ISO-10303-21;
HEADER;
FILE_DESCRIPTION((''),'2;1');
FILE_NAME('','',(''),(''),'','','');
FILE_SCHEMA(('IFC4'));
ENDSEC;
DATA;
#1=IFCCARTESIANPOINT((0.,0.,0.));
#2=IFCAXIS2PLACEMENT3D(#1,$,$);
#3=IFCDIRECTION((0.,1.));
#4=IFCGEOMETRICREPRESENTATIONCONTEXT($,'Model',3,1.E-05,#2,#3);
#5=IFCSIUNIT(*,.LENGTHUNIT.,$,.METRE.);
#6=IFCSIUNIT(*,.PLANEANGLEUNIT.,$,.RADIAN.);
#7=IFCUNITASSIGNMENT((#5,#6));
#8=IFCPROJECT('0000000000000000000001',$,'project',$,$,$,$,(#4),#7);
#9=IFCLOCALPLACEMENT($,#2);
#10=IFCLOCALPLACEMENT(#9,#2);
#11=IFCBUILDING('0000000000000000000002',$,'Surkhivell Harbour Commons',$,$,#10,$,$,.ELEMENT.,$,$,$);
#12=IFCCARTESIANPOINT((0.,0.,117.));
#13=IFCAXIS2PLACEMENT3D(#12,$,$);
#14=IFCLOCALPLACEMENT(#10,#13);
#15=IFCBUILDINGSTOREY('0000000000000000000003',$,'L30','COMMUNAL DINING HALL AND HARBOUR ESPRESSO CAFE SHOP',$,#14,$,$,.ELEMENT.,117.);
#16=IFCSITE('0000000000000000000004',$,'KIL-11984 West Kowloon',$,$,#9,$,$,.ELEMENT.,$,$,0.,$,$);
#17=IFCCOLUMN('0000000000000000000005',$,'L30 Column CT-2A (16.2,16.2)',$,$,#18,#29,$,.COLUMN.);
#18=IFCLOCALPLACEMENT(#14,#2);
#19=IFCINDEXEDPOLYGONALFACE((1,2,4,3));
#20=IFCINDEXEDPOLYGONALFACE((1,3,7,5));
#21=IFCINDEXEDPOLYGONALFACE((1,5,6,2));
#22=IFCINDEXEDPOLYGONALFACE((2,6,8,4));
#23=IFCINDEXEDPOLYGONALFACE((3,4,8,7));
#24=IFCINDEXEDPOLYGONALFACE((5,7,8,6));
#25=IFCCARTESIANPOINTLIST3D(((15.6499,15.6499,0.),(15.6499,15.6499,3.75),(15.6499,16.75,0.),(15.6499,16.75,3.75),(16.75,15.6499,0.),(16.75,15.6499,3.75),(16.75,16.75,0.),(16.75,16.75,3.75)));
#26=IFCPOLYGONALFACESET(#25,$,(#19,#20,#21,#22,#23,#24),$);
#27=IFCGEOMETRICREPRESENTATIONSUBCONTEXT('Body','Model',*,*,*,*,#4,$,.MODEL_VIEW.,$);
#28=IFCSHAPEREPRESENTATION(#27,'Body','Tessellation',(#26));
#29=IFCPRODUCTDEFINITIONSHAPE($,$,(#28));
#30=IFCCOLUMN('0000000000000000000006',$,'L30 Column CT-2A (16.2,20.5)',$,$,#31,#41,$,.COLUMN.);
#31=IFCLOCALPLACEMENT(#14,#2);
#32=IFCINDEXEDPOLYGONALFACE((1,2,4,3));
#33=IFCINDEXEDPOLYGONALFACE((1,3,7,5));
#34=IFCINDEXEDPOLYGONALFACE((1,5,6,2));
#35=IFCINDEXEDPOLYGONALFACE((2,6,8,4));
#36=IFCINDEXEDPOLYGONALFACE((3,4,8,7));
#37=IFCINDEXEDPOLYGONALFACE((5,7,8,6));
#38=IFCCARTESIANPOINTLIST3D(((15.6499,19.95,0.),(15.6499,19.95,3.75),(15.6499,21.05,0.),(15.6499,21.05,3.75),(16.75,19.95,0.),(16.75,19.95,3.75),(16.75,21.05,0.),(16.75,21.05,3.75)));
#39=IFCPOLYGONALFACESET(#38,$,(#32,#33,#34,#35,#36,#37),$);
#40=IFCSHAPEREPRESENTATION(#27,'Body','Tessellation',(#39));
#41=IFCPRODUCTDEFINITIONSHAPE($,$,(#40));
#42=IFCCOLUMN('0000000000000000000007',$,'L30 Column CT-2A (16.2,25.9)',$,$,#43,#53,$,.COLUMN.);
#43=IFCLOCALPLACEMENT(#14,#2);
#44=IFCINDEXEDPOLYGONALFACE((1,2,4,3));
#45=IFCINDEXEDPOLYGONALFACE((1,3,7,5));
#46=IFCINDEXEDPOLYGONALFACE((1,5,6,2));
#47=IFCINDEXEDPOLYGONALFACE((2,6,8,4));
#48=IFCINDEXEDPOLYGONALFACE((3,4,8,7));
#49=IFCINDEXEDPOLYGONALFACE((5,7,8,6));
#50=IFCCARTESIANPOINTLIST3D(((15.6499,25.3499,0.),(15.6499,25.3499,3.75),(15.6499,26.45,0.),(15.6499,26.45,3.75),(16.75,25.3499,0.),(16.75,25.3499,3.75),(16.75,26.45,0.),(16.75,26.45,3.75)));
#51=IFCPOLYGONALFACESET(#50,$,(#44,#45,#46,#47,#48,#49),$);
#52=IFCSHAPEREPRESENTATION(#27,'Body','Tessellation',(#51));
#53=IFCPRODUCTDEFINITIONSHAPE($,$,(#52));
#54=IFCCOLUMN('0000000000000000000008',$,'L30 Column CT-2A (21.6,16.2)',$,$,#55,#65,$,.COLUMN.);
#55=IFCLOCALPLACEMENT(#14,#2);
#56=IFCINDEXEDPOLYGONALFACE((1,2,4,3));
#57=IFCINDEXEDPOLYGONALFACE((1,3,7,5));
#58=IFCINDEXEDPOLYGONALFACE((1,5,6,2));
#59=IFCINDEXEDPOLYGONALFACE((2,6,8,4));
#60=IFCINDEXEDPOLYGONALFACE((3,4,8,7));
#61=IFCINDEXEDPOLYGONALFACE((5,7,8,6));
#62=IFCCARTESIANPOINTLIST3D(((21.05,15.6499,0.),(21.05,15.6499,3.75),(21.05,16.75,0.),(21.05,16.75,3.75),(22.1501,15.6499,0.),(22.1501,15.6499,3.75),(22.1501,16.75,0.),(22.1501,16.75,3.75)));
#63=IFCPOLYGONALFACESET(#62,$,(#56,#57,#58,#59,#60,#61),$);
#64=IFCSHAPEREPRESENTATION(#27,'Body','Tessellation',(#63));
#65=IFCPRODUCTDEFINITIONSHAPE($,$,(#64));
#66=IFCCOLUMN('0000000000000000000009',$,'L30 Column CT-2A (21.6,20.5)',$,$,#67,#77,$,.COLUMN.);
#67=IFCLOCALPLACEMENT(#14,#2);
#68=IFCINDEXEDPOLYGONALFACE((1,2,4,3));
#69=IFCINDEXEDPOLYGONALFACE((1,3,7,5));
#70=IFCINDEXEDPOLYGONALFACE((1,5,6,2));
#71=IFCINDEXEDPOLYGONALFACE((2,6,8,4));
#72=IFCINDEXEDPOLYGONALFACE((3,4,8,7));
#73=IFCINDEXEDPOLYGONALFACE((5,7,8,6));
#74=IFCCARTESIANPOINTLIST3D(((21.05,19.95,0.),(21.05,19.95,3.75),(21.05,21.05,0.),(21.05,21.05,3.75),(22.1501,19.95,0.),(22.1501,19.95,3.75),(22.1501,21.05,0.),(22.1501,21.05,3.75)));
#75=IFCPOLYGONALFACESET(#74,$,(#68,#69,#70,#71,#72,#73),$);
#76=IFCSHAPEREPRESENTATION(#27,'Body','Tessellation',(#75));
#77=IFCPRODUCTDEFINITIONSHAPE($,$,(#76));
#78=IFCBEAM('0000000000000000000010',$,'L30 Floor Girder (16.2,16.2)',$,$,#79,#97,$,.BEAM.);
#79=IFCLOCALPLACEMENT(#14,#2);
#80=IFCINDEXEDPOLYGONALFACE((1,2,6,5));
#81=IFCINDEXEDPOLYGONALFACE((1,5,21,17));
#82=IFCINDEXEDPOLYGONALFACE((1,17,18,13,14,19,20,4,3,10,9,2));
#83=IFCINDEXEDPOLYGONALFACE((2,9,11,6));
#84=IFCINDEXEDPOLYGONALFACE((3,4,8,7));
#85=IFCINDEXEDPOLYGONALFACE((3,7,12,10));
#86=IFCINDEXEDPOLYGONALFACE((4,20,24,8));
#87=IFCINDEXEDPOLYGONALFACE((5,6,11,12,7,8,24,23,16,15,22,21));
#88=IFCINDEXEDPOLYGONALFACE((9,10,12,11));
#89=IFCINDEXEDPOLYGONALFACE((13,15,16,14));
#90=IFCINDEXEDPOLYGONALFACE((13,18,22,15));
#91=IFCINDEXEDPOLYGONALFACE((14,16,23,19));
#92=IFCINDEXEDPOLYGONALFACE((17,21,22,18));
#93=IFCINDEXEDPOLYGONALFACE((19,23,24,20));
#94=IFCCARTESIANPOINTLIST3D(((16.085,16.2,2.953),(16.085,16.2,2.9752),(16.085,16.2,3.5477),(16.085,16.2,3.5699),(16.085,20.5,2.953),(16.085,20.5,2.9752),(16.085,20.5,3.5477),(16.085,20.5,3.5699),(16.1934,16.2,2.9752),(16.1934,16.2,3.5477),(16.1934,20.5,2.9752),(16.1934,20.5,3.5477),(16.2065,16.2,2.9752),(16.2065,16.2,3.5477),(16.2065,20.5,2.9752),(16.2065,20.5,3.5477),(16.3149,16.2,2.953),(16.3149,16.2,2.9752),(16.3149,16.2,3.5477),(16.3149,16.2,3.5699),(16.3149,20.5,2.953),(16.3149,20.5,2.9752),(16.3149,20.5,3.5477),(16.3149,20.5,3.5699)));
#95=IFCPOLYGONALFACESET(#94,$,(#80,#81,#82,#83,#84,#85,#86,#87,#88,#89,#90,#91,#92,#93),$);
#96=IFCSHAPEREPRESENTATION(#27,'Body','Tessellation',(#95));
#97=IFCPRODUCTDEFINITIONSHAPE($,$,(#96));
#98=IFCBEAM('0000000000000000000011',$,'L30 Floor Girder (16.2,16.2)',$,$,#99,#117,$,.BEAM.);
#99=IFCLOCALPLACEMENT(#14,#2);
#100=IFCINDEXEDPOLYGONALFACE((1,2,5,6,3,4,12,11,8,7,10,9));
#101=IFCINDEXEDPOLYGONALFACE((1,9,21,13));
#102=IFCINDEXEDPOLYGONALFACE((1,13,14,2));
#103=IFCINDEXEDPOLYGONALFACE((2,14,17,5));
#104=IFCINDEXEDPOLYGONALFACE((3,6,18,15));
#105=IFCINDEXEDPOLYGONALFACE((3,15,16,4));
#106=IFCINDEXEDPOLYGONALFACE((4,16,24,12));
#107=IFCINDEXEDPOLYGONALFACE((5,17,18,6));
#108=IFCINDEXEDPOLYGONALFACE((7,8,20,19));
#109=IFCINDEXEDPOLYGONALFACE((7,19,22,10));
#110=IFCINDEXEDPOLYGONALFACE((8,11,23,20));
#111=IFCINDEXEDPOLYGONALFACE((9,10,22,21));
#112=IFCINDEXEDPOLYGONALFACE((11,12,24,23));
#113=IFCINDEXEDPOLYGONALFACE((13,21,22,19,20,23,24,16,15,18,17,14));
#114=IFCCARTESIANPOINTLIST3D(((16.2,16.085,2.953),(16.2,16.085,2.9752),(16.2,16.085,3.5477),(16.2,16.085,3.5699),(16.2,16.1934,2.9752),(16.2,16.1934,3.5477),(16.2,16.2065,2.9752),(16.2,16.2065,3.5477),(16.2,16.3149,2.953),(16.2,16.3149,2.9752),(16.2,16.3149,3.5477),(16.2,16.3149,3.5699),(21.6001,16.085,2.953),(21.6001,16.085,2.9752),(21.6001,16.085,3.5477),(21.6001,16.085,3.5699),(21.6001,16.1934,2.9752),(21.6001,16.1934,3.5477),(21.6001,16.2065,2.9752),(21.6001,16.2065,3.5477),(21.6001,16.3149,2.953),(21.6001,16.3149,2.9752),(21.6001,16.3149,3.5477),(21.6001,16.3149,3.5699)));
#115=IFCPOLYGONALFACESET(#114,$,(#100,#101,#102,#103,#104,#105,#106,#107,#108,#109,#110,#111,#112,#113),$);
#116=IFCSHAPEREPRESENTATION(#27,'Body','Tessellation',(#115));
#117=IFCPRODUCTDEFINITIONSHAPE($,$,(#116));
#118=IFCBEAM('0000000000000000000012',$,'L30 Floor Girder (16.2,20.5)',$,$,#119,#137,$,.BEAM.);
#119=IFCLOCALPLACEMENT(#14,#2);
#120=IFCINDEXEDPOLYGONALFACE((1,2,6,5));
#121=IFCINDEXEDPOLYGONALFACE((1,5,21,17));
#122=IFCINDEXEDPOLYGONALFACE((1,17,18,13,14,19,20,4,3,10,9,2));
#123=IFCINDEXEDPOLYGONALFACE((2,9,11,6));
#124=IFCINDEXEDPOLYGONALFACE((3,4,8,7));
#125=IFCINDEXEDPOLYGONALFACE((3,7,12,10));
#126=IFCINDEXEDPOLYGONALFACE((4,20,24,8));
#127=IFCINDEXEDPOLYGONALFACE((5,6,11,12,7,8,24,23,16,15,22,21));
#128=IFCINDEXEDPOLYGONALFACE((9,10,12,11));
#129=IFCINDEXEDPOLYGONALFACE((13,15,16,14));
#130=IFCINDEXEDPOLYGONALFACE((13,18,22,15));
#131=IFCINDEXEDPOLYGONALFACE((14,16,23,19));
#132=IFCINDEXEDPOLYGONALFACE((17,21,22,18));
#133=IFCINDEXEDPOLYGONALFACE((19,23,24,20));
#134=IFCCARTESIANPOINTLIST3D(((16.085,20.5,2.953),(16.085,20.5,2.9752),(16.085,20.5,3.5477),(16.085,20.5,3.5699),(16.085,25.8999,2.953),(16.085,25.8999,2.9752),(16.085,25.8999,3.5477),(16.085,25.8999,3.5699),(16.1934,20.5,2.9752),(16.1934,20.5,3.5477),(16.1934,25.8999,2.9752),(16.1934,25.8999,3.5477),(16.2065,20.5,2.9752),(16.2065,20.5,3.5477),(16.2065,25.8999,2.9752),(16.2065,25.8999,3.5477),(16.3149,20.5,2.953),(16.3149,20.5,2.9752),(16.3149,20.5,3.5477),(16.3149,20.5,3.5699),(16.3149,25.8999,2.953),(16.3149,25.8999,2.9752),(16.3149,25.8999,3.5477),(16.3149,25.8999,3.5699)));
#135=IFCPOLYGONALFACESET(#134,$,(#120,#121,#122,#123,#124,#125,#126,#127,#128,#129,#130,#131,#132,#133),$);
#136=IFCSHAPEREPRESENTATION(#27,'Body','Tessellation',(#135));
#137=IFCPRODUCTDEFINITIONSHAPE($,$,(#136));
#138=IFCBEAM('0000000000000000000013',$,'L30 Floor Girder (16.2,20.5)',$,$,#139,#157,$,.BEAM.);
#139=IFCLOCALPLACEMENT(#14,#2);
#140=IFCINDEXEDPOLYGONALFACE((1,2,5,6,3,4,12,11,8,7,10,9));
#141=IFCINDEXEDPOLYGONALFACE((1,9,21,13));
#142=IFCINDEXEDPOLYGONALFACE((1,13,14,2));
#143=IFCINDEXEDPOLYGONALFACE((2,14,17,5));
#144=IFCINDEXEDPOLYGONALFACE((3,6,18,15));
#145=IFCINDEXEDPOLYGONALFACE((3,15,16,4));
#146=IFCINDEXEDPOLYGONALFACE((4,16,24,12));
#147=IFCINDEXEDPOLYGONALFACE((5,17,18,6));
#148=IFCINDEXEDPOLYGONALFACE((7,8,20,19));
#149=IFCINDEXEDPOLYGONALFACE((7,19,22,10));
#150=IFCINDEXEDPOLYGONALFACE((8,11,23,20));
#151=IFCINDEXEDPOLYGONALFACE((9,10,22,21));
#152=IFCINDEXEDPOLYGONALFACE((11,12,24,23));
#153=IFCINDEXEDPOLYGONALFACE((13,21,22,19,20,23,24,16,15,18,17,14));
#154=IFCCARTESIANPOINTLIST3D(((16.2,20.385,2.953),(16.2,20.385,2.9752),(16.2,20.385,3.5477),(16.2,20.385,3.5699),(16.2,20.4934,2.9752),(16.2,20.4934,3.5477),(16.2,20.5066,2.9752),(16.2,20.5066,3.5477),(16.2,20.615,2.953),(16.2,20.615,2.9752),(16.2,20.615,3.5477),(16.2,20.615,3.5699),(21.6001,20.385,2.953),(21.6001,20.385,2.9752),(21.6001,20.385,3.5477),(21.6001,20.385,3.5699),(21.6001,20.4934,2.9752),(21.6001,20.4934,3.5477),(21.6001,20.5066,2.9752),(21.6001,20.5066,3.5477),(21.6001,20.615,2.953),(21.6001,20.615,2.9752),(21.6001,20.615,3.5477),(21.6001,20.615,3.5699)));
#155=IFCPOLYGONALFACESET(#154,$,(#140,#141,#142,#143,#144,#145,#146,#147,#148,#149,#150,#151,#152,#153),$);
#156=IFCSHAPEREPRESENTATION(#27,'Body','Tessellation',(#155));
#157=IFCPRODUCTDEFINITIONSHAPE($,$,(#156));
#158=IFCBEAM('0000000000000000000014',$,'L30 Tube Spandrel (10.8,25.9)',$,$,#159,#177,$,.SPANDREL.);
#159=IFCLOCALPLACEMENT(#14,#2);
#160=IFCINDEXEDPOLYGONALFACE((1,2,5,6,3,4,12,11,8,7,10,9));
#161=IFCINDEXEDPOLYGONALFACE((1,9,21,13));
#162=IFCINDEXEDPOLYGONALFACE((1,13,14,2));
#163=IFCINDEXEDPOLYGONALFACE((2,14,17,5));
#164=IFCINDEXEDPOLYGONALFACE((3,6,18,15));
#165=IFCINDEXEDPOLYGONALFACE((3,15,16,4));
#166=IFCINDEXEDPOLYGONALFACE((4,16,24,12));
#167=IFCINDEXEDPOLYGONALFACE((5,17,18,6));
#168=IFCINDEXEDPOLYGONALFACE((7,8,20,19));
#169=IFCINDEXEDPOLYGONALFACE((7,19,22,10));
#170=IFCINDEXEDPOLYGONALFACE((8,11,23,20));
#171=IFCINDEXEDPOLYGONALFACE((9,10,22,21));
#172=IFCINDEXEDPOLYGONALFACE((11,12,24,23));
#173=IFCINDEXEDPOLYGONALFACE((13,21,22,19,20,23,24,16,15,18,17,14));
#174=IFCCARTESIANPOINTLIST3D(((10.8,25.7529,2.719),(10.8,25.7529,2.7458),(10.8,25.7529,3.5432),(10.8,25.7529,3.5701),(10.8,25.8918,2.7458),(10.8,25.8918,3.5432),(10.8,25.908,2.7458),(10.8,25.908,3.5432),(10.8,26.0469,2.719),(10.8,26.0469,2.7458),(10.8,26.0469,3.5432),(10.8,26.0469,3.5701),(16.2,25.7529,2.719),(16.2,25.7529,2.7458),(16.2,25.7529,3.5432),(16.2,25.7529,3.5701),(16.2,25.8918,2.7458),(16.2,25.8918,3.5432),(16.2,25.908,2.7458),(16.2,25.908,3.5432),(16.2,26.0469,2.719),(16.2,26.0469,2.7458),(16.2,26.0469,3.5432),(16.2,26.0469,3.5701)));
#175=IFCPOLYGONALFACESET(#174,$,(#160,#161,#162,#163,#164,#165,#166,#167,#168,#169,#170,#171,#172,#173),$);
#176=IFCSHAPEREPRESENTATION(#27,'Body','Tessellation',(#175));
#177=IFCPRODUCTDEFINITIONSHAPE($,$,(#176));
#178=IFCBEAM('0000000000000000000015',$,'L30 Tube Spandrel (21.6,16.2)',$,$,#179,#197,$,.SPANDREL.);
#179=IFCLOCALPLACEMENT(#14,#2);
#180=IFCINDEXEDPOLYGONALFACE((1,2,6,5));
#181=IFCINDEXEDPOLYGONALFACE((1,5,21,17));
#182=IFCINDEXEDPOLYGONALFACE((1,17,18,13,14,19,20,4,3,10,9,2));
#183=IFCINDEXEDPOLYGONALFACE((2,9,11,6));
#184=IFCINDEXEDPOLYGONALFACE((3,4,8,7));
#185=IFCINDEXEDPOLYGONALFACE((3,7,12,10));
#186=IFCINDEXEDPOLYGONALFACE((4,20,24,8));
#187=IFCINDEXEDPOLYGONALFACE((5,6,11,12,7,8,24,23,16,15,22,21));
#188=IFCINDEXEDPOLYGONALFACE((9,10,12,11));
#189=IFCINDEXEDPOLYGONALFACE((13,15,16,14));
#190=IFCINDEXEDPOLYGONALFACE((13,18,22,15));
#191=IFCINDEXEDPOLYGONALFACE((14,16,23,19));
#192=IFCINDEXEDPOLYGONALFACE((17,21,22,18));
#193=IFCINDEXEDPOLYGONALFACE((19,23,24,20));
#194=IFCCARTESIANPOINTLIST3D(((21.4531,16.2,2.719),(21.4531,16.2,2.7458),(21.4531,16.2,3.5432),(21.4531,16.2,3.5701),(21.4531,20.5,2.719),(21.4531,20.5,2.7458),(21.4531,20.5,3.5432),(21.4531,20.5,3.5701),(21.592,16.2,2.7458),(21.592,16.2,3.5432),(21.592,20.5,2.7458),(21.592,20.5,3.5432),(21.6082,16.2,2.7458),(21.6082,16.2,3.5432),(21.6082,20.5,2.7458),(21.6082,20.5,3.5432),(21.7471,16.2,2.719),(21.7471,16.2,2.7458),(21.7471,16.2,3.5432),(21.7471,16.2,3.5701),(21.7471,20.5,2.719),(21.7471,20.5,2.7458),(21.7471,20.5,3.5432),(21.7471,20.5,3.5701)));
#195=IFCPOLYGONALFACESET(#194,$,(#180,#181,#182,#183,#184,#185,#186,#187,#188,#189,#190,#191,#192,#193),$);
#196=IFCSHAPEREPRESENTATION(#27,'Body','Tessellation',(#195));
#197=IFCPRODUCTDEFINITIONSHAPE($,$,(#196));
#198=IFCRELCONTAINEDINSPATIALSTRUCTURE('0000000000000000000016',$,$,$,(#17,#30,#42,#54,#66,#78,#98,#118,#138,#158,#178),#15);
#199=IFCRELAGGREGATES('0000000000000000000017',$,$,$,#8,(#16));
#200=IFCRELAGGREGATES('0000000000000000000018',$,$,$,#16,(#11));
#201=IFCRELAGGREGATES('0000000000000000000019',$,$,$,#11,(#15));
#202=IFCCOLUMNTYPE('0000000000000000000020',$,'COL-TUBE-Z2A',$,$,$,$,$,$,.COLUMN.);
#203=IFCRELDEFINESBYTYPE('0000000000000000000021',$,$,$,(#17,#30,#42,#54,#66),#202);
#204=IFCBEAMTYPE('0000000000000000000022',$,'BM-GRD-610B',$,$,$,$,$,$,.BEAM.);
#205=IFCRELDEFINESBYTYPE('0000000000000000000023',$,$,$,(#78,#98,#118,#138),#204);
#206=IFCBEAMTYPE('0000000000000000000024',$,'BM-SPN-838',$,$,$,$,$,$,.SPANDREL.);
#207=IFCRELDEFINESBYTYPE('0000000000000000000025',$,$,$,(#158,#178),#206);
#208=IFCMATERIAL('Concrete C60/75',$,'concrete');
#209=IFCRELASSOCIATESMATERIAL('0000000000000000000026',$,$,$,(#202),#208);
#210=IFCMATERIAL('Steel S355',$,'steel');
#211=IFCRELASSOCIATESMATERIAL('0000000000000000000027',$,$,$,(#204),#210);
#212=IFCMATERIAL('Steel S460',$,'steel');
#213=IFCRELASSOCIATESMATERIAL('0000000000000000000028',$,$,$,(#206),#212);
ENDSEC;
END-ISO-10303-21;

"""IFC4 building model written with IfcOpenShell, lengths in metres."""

from ifc_helpers import new_model, si_unit, direction, frame, origin, origin_2d, place, context, subcontext, project, spatial, rectangle, i_section, extrude, material, material_profile, profile_set, type_object, element, save


model = new_model("IFC4")

# Units and contexts
model_context = context("Model", 3, precision=1e-05, world=origin(), true_north=direction((0.0, 1.0)))
body_context = subcontext(model_context, "Body", "Model", "MODEL_VIEW")
ifc_project = project(units=[si_unit("LENGTHUNIT", "METRE"), si_unit("PLANEANGLEUNIT", "RADIAN")], contexts=[model_context])

# Site, building, storey
site_placement = place(None, origin())
site = spatial("IfcSite", under=ifc_project, at=site_placement, Name="KIL-11984 West Kowloon", CompositionType="ELEMENT", RefElevation=0.0)
building_placement = place(site_placement, origin())
building = spatial("IfcBuilding", under=site, at=building_placement, Name="Surkhivell Harbour Commons", CompositionType="ELEMENT")
storey_placement = place(building_placement, frame((0.0, 0.0, 117.0)))
storey = spatial("IfcBuildingStorey", under=building, at=storey_placement, Name="L30", Description="COMMUNAL DINING HALL AND HARBOUR ESPRESSO CAFE SHOP", CompositionType="ELEMENT", Elevation=117.0)

# Columns
ifc_material_1 = material(Name="Concrete C60/75", Category="concrete")
ifc_material_profile_1 = material_profile(ifc_material_1, rectangle(XDim=1.1001, YDim=1.1001, at=origin_2d()), Name="RC-COL-1100x1100")
ifc_profile_set_1 = profile_set([ifc_material_profile_1], Name="Concrete C60/75")
column_type = type_object("IfcColumnType", Name="COL-TUBE-Z2A", PredefinedType="COLUMN", material=ifc_profile_set_1)
for number, where, z_axis, x_axis, name in (
    (1, (16.2, 16.2, 0.0), (0.0, 0.0, 1.0), (1.0, 0.0, 0.0), "L30 Column CT-2A (16.2,16.2)"),
    (2, (16.2, 20.5, 0.0), (0.0, 0.0, 1.0), (1.0, 0.0, 0.0), "L30 Column CT-2A (16.2,20.5)"),
    (3, (16.2, 25.8999, 0.0), (0.0, 0.0, 1.0), (1.0, 0.0, 0.0), "L30 Column CT-2A (16.2,25.9)"),
    (4, (21.6001, 16.2, 0.0), (0.0, 0.0, 1.0), (1.0, 0.0, 0.0), "L30 Column CT-2A (21.6,16.2)"),
    (5, (21.6001, 20.5, 0.0), (0.0, 0.0, 1.0), (1.0, 0.0, 0.0), "L30 Column CT-2A (21.6,20.5)"),
):
    element("IfcColumn", number, at=place(storey_placement, frame(where, z_axis=z_axis, x_axis=x_axis)), inside=storey, type_object=column_type, Name=name, PredefinedType="COLUMN", context=body_context, shape_type="SweptSolid", body=[
        extrude(rectangle(XDim=1.1001, YDim=1.1001, at=origin_2d()), origin(), (0.0, 0.0, 1.0), 3.75),
    ])

# Beams
ifc_material_2 = material(Name="Steel S355", Category="steel")
ifc_material_profile_2 = material_profile(ifc_material_2, i_section(OverallWidth=0.23, OverallDepth=0.6169, WebThickness=0.0132, FlangeThickness=0.0222, at=origin_2d()), Name="UB610x229x140")
ifc_profile_set_2 = profile_set([ifc_material_profile_2], Name="Steel S355")
beam_type_1 = type_object("IfcBeamType", Name="BM-GRD-610B", PredefinedType="BEAM", material=ifc_profile_set_2)
beam_1_placement = place(storey_placement, frame((16.2, 16.2, 3.2615), z_axis=(0.0, 1.0, 0.0), x_axis=(-1.0, 0.0, 0.0)))
element("IfcBeam", 6, at=beam_1_placement, inside=storey, type_object=beam_type_1, Name="L30 Floor Girder (16.2,16.2)", PredefinedType="BEAM", context=body_context, shape_type="SweptSolid", body=[
    extrude(i_section(OverallWidth=0.23, OverallDepth=0.6169, WebThickness=0.0132, FlangeThickness=0.0222, at=origin_2d()), origin(), (0.0, 0.0, 1.0), 4.3),
])
beam_2_placement = place(storey_placement, frame((16.2, 16.2, 3.2615), z_axis=(1.0, 0.0, 0.0), x_axis=(0.0, 1.0, 0.0)))
element("IfcBeam", 7, at=beam_2_placement, inside=storey, type_object=beam_type_1, Name="L30 Floor Girder (16.2,16.2)", PredefinedType="BEAM", context=body_context, shape_type="SweptSolid", body=[
    extrude(i_section(OverallWidth=0.23, OverallDepth=0.6169, WebThickness=0.0132, FlangeThickness=0.0222, at=origin_2d()), origin(), (0.0, 0.0, 1.0), 5.4001),
])
beam_3_placement = place(storey_placement, frame((16.2, 20.5, 3.2615), z_axis=(0.0, 1.0, 0.0), x_axis=(-1.0, 0.0, 0.0)))
element("IfcBeam", 8, at=beam_3_placement, inside=storey, type_object=beam_type_1, Name="L30 Floor Girder (16.2,20.5)", PredefinedType="BEAM", context=body_context, shape_type="SweptSolid", body=[
    extrude(i_section(OverallWidth=0.23, OverallDepth=0.6169, WebThickness=0.0132, FlangeThickness=0.0222, at=origin_2d()), origin(), (0.0, 0.0, 1.0), 5.3999),
])
beam_4_placement = place(storey_placement, frame((16.2, 20.5, 3.2615), z_axis=(1.0, 0.0, 0.0), x_axis=(0.0, 1.0, 0.0)))
element("IfcBeam", 9, at=beam_4_placement, inside=storey, type_object=beam_type_1, Name="L30 Floor Girder (16.2,20.5)", PredefinedType="BEAM", context=body_context, shape_type="SweptSolid", body=[
    extrude(i_section(OverallWidth=0.23, OverallDepth=0.6169, WebThickness=0.0132, FlangeThickness=0.0222, at=origin_2d()), origin(), (0.0, 0.0, 1.0), 5.4001),
])
ifc_material_3 = material(Name="Steel S460", Category="steel")
ifc_material_profile_3 = material_profile(ifc_material_3, i_section(OverallWidth=0.2939, OverallDepth=0.8511, WebThickness=0.0161, FlangeThickness=0.0269, at=origin_2d()), Name="UB838x292x226")
ifc_profile_set_3 = profile_set([ifc_material_profile_3], Name="Steel S460")
beam_type_2 = type_object("IfcBeamType", Name="BM-SPN-838", PredefinedType="SPANDREL", material=ifc_profile_set_3)
beam_5_placement = place(storey_placement, frame((10.8, 25.8999, 3.1445), z_axis=(1.0, 0.0, 0.0), x_axis=(0.0, 1.0, 0.0)))
element("IfcBeam", 10, at=beam_5_placement, inside=storey, type_object=beam_type_2, Name="L30 Tube Spandrel (10.8,25.9)", PredefinedType="SPANDREL", context=body_context, shape_type="SweptSolid", body=[
    extrude(i_section(OverallWidth=0.2939, OverallDepth=0.8511, WebThickness=0.0161, FlangeThickness=0.0269, at=origin_2d()), origin(), (0.0, 0.0, 1.0), 5.3999),
])
beam_6_placement = place(storey_placement, frame((21.6001, 16.2, 3.1445), z_axis=(0.0, 1.0, 0.0), x_axis=(-1.0, 0.0, 0.0)))
element("IfcBeam", 11, at=beam_6_placement, inside=storey, type_object=beam_type_2, Name="L30 Tube Spandrel (21.6,16.2)", PredefinedType="SPANDREL", context=body_context, shape_type="SweptSolid", body=[
    extrude(i_section(OverallWidth=0.2939, OverallDepth=0.8511, WebThickness=0.0161, FlangeThickness=0.0269, at=origin_2d()), origin(), (0.0, 0.0, 1.0), 4.3),
])

save(model, "model.ifc")
